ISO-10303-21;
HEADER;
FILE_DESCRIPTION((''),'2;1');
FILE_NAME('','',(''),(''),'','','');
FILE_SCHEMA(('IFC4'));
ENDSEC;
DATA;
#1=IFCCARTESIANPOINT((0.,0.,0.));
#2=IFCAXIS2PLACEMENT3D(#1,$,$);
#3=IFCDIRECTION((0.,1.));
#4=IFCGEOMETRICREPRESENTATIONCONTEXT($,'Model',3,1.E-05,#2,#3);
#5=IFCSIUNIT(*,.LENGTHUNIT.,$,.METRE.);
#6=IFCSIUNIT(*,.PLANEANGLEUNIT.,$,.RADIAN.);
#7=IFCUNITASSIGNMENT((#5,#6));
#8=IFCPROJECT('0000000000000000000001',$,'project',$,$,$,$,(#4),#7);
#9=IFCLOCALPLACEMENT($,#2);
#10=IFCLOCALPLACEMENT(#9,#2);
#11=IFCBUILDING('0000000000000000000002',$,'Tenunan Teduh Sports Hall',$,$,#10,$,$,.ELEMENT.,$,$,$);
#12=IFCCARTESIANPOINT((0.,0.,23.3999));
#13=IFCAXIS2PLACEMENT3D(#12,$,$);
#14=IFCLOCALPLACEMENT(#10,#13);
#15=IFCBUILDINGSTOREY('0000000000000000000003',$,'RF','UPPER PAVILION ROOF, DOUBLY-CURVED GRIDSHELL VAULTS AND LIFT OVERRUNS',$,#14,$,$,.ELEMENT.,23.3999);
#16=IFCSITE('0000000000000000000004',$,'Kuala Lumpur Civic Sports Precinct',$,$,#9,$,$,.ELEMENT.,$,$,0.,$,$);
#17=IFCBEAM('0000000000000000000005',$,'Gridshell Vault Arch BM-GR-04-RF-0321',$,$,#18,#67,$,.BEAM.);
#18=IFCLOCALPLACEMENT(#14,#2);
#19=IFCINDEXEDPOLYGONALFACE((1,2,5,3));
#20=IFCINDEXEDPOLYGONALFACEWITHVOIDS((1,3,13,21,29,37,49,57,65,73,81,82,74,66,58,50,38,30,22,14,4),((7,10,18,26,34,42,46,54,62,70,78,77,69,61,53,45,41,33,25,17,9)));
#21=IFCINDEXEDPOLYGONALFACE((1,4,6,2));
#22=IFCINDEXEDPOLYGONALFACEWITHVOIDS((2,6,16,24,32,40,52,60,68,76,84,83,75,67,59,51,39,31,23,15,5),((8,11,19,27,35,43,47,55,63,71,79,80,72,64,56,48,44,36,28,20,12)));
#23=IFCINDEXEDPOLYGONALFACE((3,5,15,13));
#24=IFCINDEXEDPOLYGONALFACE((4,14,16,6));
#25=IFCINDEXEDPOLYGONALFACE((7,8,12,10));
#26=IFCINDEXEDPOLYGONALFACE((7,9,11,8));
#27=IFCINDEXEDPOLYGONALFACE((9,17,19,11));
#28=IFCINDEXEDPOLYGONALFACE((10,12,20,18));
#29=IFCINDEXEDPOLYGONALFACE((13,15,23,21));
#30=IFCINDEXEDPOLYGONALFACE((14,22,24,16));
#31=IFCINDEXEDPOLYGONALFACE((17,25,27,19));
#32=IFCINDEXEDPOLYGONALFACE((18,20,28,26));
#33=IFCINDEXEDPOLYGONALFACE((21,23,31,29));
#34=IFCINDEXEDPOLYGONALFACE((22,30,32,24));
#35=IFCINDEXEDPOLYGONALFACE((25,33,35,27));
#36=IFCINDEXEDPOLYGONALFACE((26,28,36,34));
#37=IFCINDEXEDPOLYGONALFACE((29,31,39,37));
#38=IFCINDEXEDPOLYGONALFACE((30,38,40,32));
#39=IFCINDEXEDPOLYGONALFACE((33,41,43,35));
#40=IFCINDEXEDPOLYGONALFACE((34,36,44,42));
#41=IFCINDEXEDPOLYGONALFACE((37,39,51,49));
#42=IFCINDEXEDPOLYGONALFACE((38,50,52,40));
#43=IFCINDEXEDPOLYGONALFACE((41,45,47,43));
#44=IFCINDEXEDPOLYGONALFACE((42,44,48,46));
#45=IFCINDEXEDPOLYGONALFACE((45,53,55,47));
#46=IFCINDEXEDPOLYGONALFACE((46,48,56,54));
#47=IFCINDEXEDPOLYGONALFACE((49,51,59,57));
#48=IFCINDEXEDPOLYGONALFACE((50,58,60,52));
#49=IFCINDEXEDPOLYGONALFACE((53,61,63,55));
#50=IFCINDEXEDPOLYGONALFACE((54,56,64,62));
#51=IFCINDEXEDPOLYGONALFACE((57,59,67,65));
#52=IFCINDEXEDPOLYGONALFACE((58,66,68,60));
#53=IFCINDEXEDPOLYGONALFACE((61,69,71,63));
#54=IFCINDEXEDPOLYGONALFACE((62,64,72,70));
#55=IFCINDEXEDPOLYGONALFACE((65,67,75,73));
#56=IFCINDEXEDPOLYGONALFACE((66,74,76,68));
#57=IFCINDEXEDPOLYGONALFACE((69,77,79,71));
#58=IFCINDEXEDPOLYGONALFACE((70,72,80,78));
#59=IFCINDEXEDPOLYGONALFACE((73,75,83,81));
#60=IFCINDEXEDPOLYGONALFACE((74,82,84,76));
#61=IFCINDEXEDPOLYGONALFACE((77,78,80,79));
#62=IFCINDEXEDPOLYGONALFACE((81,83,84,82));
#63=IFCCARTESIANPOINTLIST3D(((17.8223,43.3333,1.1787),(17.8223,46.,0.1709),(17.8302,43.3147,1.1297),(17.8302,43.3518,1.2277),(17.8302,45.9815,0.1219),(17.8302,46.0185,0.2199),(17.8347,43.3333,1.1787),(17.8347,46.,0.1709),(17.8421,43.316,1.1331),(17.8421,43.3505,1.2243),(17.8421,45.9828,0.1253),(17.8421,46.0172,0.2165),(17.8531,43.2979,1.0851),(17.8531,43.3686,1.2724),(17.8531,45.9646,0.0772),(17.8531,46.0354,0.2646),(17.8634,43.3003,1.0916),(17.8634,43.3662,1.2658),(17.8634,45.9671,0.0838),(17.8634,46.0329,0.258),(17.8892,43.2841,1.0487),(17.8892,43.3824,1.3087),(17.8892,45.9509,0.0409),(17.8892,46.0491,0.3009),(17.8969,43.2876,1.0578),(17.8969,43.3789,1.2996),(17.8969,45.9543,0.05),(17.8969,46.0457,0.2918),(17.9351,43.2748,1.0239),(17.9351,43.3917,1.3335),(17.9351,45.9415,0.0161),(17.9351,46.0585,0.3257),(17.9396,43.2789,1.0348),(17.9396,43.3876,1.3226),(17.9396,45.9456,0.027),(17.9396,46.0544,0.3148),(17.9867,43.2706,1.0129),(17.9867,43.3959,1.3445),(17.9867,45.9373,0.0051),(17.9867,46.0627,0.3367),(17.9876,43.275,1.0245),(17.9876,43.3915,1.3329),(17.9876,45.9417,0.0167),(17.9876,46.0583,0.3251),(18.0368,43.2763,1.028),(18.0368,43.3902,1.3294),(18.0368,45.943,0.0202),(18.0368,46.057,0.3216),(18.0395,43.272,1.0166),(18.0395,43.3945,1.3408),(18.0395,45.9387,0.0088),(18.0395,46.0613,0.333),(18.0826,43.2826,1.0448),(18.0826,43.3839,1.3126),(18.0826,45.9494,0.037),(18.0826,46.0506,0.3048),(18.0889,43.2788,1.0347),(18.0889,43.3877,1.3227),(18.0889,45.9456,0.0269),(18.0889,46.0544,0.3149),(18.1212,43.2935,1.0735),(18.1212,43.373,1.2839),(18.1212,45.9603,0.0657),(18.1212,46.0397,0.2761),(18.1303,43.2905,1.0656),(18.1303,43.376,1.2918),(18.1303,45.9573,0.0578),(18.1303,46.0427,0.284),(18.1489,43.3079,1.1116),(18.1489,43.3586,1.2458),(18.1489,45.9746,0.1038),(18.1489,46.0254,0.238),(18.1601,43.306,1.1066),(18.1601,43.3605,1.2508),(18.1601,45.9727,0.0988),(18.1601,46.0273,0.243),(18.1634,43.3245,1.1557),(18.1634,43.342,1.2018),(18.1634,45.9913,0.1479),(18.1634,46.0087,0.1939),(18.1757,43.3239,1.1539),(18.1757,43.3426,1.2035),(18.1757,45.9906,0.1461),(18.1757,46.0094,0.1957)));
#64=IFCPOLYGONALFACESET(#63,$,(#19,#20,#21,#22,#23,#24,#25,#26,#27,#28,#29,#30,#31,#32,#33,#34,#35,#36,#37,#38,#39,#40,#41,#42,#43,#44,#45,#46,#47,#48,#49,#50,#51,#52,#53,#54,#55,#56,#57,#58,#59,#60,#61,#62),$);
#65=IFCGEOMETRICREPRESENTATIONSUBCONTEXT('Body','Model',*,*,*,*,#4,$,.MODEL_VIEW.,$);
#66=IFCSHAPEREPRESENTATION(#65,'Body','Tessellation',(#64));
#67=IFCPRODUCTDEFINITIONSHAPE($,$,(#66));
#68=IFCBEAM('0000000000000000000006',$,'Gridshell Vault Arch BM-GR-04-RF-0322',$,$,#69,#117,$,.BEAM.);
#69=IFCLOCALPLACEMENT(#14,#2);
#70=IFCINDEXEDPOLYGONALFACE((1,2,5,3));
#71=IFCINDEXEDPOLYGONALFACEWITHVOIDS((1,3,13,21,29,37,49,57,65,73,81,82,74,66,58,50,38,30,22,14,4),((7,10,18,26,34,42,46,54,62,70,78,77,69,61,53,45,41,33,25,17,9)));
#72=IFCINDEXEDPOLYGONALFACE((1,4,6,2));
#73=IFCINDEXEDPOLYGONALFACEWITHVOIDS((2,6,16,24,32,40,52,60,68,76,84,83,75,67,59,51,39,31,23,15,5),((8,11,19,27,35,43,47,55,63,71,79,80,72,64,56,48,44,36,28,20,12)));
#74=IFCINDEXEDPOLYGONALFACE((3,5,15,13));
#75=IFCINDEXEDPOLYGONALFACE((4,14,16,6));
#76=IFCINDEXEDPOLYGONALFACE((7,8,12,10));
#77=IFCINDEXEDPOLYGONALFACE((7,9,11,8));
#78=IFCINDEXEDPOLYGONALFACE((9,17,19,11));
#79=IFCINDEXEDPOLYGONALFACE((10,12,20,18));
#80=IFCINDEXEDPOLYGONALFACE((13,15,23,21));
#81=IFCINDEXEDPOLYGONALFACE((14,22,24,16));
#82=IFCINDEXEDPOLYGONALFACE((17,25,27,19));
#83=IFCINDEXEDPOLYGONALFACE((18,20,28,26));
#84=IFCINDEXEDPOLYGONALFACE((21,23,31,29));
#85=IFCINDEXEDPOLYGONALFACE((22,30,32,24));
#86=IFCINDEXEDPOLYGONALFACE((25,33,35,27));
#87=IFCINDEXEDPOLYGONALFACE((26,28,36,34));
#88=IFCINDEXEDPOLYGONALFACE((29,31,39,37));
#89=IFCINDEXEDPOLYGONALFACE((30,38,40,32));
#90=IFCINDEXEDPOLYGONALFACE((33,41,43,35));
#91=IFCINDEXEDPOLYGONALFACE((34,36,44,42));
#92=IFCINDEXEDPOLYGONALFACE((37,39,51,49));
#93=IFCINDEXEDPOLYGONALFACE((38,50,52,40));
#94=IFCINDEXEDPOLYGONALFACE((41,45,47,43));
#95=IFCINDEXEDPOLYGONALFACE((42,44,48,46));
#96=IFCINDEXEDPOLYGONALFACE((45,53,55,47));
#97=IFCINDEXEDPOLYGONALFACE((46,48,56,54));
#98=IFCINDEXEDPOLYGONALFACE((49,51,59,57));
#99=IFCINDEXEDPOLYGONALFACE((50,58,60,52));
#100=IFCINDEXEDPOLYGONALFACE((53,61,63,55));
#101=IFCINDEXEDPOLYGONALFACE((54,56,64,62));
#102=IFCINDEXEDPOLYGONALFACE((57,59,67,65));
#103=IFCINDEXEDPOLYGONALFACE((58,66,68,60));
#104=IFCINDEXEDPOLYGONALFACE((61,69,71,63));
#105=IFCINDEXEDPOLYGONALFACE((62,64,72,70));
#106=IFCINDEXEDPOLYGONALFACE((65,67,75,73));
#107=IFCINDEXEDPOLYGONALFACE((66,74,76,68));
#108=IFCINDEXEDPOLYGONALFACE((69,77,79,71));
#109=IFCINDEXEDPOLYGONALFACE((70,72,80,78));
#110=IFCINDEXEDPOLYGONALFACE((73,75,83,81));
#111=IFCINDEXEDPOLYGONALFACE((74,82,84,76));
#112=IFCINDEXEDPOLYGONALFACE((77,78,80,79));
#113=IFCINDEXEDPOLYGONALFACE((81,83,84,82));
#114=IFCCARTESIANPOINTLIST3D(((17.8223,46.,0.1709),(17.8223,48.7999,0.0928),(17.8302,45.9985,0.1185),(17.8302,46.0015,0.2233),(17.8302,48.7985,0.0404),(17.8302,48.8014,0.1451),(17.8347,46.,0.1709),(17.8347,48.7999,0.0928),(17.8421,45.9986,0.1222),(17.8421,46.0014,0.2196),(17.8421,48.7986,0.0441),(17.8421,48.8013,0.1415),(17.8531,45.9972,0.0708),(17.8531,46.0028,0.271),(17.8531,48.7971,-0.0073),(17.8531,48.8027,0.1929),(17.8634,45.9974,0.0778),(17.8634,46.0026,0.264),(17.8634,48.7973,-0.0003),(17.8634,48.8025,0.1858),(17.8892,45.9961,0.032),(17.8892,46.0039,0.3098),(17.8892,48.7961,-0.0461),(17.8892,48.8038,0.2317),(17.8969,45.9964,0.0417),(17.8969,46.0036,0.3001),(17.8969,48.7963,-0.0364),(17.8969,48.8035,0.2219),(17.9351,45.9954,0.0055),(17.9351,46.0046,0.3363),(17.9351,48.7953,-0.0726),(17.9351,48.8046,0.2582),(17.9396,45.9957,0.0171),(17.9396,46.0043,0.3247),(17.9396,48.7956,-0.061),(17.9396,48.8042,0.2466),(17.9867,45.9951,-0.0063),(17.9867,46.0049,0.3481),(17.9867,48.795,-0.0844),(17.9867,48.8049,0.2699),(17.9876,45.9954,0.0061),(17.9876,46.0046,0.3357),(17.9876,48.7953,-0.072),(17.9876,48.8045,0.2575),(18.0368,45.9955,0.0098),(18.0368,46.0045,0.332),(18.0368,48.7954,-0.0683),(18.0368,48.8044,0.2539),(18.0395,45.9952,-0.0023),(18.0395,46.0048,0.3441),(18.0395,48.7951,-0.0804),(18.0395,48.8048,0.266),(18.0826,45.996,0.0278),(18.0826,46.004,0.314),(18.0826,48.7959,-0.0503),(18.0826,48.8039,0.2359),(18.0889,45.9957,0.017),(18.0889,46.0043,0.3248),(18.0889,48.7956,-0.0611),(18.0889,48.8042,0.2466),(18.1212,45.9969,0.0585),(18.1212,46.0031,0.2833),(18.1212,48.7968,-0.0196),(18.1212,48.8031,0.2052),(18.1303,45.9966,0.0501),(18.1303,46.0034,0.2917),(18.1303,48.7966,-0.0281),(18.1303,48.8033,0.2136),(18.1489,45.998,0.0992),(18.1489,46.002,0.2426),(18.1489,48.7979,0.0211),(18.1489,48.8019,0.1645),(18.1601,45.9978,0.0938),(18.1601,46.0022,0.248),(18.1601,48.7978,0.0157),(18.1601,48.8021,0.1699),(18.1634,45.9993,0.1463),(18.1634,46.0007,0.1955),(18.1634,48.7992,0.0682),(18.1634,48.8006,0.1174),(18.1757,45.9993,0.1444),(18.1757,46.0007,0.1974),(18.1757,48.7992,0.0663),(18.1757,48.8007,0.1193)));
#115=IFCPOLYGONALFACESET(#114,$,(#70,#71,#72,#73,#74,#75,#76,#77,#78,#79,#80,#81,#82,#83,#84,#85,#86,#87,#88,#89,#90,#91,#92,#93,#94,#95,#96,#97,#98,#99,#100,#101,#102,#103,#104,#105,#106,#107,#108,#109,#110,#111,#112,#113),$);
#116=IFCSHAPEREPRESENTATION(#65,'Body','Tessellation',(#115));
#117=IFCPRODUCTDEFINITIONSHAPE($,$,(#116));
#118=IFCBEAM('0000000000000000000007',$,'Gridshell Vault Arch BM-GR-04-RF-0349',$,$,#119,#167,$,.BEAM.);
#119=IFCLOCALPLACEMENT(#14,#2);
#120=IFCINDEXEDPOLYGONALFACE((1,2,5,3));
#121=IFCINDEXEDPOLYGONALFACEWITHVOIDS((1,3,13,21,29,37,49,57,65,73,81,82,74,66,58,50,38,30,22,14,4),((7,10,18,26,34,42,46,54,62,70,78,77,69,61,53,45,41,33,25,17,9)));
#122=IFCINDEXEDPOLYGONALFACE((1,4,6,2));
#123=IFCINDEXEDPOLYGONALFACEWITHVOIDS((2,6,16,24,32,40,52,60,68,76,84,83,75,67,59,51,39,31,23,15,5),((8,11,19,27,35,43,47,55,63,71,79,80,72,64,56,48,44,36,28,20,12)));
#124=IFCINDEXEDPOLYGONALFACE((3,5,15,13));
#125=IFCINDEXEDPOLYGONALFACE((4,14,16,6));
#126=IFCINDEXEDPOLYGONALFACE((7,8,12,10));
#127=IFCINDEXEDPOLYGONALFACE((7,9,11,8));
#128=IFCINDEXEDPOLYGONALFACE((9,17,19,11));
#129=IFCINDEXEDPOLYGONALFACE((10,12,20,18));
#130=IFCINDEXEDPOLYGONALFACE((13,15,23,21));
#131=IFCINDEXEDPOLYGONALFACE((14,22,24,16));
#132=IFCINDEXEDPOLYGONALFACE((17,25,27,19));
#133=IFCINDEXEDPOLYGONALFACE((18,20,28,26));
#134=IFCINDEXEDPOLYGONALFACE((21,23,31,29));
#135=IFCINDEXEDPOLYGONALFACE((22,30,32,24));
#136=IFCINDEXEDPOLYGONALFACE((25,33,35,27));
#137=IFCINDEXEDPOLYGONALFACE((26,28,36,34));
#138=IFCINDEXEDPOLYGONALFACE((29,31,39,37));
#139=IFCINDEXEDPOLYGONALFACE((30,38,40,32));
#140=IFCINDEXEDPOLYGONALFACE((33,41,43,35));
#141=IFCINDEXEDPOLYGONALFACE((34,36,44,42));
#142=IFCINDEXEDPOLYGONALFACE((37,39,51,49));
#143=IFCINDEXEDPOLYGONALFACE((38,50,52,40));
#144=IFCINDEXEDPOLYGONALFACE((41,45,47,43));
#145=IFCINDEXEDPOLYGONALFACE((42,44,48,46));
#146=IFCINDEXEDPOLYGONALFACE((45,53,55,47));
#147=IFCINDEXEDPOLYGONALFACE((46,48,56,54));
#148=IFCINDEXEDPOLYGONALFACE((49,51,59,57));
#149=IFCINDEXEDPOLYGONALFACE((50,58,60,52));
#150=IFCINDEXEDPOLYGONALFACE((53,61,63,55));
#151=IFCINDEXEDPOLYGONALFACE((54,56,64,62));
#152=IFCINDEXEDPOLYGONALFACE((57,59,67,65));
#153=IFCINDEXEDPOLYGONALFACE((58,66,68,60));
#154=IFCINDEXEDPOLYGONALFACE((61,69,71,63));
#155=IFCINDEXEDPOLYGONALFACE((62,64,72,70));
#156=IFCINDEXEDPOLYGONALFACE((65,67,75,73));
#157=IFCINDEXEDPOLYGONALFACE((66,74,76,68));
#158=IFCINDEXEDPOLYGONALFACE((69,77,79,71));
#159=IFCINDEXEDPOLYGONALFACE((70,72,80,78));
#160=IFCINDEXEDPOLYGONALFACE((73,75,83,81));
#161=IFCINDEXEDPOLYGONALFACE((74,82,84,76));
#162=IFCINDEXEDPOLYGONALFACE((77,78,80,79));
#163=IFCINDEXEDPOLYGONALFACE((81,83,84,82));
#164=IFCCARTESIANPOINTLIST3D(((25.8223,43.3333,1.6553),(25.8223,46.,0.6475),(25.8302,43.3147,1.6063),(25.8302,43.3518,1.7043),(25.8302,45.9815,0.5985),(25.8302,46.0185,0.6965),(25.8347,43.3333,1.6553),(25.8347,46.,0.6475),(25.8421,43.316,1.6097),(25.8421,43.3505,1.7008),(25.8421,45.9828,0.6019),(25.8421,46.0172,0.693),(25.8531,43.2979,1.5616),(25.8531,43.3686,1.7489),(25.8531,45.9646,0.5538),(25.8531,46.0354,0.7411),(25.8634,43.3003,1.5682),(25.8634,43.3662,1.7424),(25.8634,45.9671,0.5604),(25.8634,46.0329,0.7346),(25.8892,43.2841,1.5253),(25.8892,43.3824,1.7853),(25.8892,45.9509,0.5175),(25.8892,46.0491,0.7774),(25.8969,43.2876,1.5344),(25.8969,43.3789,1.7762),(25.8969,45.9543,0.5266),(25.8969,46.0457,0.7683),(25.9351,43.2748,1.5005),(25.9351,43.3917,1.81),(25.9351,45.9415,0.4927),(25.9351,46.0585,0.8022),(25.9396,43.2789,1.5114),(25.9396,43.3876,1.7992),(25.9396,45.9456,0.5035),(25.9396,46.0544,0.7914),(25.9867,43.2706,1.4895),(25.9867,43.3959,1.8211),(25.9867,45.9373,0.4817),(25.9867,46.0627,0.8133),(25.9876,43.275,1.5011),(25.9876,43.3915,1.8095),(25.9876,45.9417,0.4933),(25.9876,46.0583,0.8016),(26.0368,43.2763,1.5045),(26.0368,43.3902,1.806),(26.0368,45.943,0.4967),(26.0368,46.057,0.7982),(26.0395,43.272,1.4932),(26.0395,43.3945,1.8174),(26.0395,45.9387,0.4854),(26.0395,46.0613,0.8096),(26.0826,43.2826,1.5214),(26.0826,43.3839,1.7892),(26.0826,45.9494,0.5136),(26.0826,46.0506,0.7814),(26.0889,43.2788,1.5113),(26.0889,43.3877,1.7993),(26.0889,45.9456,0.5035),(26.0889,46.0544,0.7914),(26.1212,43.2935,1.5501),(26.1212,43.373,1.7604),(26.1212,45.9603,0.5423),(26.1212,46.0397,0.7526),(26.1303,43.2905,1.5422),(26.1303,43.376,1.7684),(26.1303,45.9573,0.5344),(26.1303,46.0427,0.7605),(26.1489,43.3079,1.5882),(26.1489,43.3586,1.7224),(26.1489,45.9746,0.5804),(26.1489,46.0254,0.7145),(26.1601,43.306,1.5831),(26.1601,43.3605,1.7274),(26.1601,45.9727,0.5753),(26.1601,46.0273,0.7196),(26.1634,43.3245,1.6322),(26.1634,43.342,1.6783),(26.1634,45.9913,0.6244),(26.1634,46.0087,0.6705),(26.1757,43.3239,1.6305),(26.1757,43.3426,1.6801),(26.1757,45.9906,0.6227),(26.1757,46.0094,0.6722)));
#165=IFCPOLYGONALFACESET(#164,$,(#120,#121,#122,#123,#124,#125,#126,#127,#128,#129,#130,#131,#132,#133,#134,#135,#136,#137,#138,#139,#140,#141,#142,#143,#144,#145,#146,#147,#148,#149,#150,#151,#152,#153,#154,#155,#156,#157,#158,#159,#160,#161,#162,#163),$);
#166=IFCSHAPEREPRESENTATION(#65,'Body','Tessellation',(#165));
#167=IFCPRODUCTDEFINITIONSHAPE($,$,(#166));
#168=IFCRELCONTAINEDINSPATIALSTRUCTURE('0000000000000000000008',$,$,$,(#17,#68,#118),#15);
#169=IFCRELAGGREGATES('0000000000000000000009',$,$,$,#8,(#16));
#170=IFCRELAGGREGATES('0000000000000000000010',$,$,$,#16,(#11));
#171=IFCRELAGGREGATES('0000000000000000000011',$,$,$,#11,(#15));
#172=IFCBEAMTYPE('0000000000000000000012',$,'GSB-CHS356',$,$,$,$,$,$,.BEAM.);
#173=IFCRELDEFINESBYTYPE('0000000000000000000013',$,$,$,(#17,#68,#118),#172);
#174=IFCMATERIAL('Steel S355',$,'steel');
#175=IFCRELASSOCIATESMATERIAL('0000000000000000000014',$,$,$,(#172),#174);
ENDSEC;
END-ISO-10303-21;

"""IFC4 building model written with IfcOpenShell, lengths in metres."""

from ifc_helpers import new_model, si_unit, direction, frame, origin, origin_2d, place, context, subcontext, project, spatial, hollow_circle, extrude, material, material_profile, profile_set, type_object, element, save


model = new_model("IFC4")

# Units and contexts
model_context = context("Model", 3, precision=1e-05, world=origin(), true_north=direction((0.0, 1.0)))
body_context = subcontext(model_context, "Body", "Model", "MODEL_VIEW")
ifc_project = project(units=[si_unit("LENGTHUNIT", "METRE"), si_unit("PLANEANGLEUNIT", "RADIAN")], contexts=[model_context])

# Site, building, storey
site_placement = place(None, origin())
site = spatial("IfcSite", under=ifc_project, at=site_placement, Name="Kuala Lumpur Civic Sports Precinct", CompositionType="ELEMENT", RefElevation=0.0)
building_placement = place(site_placement, origin())
building = spatial("IfcBuilding", under=site, at=building_placement, Name="Tenunan Teduh Sports Hall", CompositionType="ELEMENT")
storey_placement = place(building_placement, frame((0.0, 0.0, 23.3999)))
storey = spatial("IfcBuildingStorey", under=building, at=storey_placement, Name="RF", Description="UPPER PAVILION ROOF, DOUBLY-CURVED GRIDSHELL VAULTS AND LIFT OVERRUNS", CompositionType="ELEMENT", Elevation=23.3999)

# Beams
ifc_material_1 = material(Name="Steel S355", Category="steel")
ifc_material_profile_1 = material_profile(ifc_material_1, hollow_circle(Radius=0.1777, WallThickness=0.0125, at=origin_2d()), Name="CHS 355.6x12.5")
ifc_profile_set_1 = profile_set([ifc_material_profile_1], Name="Steel S355")
beam_type_1 = type_object("IfcBeamType", Name="GSB-CHS356", PredefinedType="BEAM", material=ifc_profile_set_1)
beam_1_placement = place(storey_placement, frame((18.0, 43.3333, 1.1787), z_axis=(0.0, 0.935429, -0.353515), x_axis=(-1.0, 0.0, 0.0)))
element("IfcBeam", 1, at=beam_1_placement, inside=storey, type_object=beam_type_1, Name="Gridshell Vault Arch BM-GR-04-RF-0321", PredefinedType="BEAM", context=body_context, shape_type="SweptSolid", body=[
    extrude(hollow_circle(Radius=0.1777, WallThickness=0.0125, at=origin_2d()), origin(), (0.0, 0.0, 1.0), 2.8508),
])
beam_2_placement = place(storey_placement, frame((18.0, 46.0, 0.1709), z_axis=(0.0, 0.999611, -0.02789), x_axis=(-1.0, 0.0, 0.0)))
element("IfcBeam", 2, at=beam_2_placement, inside=storey, type_object=beam_type_1, Name="Gridshell Vault Arch BM-GR-04-RF-0322", PredefinedType="BEAM", context=body_context, shape_type="SweptSolid", body=[
    extrude(hollow_circle(Radius=0.1777, WallThickness=0.0125, at=origin_2d()), origin(), (0.0, 0.0, 1.0), 2.801),
])
beam_3_placement = place(storey_placement, frame((26.0, 43.3333, 1.6553), z_axis=(0.0, 0.935429, -0.353515), x_axis=(-1.0, 0.0, 0.0)))
element("IfcBeam", 3, at=beam_3_placement, inside=storey, type_object=beam_type_1, Name="Gridshell Vault Arch BM-GR-04-RF-0349", PredefinedType="BEAM", context=body_context, shape_type="SweptSolid", body=[
    extrude(hollow_circle(Radius=0.1777, WallThickness=0.0125, at=origin_2d()), origin(), (0.0, 0.0, 1.0), 2.8508),
])

save(model, "model.ifc")
